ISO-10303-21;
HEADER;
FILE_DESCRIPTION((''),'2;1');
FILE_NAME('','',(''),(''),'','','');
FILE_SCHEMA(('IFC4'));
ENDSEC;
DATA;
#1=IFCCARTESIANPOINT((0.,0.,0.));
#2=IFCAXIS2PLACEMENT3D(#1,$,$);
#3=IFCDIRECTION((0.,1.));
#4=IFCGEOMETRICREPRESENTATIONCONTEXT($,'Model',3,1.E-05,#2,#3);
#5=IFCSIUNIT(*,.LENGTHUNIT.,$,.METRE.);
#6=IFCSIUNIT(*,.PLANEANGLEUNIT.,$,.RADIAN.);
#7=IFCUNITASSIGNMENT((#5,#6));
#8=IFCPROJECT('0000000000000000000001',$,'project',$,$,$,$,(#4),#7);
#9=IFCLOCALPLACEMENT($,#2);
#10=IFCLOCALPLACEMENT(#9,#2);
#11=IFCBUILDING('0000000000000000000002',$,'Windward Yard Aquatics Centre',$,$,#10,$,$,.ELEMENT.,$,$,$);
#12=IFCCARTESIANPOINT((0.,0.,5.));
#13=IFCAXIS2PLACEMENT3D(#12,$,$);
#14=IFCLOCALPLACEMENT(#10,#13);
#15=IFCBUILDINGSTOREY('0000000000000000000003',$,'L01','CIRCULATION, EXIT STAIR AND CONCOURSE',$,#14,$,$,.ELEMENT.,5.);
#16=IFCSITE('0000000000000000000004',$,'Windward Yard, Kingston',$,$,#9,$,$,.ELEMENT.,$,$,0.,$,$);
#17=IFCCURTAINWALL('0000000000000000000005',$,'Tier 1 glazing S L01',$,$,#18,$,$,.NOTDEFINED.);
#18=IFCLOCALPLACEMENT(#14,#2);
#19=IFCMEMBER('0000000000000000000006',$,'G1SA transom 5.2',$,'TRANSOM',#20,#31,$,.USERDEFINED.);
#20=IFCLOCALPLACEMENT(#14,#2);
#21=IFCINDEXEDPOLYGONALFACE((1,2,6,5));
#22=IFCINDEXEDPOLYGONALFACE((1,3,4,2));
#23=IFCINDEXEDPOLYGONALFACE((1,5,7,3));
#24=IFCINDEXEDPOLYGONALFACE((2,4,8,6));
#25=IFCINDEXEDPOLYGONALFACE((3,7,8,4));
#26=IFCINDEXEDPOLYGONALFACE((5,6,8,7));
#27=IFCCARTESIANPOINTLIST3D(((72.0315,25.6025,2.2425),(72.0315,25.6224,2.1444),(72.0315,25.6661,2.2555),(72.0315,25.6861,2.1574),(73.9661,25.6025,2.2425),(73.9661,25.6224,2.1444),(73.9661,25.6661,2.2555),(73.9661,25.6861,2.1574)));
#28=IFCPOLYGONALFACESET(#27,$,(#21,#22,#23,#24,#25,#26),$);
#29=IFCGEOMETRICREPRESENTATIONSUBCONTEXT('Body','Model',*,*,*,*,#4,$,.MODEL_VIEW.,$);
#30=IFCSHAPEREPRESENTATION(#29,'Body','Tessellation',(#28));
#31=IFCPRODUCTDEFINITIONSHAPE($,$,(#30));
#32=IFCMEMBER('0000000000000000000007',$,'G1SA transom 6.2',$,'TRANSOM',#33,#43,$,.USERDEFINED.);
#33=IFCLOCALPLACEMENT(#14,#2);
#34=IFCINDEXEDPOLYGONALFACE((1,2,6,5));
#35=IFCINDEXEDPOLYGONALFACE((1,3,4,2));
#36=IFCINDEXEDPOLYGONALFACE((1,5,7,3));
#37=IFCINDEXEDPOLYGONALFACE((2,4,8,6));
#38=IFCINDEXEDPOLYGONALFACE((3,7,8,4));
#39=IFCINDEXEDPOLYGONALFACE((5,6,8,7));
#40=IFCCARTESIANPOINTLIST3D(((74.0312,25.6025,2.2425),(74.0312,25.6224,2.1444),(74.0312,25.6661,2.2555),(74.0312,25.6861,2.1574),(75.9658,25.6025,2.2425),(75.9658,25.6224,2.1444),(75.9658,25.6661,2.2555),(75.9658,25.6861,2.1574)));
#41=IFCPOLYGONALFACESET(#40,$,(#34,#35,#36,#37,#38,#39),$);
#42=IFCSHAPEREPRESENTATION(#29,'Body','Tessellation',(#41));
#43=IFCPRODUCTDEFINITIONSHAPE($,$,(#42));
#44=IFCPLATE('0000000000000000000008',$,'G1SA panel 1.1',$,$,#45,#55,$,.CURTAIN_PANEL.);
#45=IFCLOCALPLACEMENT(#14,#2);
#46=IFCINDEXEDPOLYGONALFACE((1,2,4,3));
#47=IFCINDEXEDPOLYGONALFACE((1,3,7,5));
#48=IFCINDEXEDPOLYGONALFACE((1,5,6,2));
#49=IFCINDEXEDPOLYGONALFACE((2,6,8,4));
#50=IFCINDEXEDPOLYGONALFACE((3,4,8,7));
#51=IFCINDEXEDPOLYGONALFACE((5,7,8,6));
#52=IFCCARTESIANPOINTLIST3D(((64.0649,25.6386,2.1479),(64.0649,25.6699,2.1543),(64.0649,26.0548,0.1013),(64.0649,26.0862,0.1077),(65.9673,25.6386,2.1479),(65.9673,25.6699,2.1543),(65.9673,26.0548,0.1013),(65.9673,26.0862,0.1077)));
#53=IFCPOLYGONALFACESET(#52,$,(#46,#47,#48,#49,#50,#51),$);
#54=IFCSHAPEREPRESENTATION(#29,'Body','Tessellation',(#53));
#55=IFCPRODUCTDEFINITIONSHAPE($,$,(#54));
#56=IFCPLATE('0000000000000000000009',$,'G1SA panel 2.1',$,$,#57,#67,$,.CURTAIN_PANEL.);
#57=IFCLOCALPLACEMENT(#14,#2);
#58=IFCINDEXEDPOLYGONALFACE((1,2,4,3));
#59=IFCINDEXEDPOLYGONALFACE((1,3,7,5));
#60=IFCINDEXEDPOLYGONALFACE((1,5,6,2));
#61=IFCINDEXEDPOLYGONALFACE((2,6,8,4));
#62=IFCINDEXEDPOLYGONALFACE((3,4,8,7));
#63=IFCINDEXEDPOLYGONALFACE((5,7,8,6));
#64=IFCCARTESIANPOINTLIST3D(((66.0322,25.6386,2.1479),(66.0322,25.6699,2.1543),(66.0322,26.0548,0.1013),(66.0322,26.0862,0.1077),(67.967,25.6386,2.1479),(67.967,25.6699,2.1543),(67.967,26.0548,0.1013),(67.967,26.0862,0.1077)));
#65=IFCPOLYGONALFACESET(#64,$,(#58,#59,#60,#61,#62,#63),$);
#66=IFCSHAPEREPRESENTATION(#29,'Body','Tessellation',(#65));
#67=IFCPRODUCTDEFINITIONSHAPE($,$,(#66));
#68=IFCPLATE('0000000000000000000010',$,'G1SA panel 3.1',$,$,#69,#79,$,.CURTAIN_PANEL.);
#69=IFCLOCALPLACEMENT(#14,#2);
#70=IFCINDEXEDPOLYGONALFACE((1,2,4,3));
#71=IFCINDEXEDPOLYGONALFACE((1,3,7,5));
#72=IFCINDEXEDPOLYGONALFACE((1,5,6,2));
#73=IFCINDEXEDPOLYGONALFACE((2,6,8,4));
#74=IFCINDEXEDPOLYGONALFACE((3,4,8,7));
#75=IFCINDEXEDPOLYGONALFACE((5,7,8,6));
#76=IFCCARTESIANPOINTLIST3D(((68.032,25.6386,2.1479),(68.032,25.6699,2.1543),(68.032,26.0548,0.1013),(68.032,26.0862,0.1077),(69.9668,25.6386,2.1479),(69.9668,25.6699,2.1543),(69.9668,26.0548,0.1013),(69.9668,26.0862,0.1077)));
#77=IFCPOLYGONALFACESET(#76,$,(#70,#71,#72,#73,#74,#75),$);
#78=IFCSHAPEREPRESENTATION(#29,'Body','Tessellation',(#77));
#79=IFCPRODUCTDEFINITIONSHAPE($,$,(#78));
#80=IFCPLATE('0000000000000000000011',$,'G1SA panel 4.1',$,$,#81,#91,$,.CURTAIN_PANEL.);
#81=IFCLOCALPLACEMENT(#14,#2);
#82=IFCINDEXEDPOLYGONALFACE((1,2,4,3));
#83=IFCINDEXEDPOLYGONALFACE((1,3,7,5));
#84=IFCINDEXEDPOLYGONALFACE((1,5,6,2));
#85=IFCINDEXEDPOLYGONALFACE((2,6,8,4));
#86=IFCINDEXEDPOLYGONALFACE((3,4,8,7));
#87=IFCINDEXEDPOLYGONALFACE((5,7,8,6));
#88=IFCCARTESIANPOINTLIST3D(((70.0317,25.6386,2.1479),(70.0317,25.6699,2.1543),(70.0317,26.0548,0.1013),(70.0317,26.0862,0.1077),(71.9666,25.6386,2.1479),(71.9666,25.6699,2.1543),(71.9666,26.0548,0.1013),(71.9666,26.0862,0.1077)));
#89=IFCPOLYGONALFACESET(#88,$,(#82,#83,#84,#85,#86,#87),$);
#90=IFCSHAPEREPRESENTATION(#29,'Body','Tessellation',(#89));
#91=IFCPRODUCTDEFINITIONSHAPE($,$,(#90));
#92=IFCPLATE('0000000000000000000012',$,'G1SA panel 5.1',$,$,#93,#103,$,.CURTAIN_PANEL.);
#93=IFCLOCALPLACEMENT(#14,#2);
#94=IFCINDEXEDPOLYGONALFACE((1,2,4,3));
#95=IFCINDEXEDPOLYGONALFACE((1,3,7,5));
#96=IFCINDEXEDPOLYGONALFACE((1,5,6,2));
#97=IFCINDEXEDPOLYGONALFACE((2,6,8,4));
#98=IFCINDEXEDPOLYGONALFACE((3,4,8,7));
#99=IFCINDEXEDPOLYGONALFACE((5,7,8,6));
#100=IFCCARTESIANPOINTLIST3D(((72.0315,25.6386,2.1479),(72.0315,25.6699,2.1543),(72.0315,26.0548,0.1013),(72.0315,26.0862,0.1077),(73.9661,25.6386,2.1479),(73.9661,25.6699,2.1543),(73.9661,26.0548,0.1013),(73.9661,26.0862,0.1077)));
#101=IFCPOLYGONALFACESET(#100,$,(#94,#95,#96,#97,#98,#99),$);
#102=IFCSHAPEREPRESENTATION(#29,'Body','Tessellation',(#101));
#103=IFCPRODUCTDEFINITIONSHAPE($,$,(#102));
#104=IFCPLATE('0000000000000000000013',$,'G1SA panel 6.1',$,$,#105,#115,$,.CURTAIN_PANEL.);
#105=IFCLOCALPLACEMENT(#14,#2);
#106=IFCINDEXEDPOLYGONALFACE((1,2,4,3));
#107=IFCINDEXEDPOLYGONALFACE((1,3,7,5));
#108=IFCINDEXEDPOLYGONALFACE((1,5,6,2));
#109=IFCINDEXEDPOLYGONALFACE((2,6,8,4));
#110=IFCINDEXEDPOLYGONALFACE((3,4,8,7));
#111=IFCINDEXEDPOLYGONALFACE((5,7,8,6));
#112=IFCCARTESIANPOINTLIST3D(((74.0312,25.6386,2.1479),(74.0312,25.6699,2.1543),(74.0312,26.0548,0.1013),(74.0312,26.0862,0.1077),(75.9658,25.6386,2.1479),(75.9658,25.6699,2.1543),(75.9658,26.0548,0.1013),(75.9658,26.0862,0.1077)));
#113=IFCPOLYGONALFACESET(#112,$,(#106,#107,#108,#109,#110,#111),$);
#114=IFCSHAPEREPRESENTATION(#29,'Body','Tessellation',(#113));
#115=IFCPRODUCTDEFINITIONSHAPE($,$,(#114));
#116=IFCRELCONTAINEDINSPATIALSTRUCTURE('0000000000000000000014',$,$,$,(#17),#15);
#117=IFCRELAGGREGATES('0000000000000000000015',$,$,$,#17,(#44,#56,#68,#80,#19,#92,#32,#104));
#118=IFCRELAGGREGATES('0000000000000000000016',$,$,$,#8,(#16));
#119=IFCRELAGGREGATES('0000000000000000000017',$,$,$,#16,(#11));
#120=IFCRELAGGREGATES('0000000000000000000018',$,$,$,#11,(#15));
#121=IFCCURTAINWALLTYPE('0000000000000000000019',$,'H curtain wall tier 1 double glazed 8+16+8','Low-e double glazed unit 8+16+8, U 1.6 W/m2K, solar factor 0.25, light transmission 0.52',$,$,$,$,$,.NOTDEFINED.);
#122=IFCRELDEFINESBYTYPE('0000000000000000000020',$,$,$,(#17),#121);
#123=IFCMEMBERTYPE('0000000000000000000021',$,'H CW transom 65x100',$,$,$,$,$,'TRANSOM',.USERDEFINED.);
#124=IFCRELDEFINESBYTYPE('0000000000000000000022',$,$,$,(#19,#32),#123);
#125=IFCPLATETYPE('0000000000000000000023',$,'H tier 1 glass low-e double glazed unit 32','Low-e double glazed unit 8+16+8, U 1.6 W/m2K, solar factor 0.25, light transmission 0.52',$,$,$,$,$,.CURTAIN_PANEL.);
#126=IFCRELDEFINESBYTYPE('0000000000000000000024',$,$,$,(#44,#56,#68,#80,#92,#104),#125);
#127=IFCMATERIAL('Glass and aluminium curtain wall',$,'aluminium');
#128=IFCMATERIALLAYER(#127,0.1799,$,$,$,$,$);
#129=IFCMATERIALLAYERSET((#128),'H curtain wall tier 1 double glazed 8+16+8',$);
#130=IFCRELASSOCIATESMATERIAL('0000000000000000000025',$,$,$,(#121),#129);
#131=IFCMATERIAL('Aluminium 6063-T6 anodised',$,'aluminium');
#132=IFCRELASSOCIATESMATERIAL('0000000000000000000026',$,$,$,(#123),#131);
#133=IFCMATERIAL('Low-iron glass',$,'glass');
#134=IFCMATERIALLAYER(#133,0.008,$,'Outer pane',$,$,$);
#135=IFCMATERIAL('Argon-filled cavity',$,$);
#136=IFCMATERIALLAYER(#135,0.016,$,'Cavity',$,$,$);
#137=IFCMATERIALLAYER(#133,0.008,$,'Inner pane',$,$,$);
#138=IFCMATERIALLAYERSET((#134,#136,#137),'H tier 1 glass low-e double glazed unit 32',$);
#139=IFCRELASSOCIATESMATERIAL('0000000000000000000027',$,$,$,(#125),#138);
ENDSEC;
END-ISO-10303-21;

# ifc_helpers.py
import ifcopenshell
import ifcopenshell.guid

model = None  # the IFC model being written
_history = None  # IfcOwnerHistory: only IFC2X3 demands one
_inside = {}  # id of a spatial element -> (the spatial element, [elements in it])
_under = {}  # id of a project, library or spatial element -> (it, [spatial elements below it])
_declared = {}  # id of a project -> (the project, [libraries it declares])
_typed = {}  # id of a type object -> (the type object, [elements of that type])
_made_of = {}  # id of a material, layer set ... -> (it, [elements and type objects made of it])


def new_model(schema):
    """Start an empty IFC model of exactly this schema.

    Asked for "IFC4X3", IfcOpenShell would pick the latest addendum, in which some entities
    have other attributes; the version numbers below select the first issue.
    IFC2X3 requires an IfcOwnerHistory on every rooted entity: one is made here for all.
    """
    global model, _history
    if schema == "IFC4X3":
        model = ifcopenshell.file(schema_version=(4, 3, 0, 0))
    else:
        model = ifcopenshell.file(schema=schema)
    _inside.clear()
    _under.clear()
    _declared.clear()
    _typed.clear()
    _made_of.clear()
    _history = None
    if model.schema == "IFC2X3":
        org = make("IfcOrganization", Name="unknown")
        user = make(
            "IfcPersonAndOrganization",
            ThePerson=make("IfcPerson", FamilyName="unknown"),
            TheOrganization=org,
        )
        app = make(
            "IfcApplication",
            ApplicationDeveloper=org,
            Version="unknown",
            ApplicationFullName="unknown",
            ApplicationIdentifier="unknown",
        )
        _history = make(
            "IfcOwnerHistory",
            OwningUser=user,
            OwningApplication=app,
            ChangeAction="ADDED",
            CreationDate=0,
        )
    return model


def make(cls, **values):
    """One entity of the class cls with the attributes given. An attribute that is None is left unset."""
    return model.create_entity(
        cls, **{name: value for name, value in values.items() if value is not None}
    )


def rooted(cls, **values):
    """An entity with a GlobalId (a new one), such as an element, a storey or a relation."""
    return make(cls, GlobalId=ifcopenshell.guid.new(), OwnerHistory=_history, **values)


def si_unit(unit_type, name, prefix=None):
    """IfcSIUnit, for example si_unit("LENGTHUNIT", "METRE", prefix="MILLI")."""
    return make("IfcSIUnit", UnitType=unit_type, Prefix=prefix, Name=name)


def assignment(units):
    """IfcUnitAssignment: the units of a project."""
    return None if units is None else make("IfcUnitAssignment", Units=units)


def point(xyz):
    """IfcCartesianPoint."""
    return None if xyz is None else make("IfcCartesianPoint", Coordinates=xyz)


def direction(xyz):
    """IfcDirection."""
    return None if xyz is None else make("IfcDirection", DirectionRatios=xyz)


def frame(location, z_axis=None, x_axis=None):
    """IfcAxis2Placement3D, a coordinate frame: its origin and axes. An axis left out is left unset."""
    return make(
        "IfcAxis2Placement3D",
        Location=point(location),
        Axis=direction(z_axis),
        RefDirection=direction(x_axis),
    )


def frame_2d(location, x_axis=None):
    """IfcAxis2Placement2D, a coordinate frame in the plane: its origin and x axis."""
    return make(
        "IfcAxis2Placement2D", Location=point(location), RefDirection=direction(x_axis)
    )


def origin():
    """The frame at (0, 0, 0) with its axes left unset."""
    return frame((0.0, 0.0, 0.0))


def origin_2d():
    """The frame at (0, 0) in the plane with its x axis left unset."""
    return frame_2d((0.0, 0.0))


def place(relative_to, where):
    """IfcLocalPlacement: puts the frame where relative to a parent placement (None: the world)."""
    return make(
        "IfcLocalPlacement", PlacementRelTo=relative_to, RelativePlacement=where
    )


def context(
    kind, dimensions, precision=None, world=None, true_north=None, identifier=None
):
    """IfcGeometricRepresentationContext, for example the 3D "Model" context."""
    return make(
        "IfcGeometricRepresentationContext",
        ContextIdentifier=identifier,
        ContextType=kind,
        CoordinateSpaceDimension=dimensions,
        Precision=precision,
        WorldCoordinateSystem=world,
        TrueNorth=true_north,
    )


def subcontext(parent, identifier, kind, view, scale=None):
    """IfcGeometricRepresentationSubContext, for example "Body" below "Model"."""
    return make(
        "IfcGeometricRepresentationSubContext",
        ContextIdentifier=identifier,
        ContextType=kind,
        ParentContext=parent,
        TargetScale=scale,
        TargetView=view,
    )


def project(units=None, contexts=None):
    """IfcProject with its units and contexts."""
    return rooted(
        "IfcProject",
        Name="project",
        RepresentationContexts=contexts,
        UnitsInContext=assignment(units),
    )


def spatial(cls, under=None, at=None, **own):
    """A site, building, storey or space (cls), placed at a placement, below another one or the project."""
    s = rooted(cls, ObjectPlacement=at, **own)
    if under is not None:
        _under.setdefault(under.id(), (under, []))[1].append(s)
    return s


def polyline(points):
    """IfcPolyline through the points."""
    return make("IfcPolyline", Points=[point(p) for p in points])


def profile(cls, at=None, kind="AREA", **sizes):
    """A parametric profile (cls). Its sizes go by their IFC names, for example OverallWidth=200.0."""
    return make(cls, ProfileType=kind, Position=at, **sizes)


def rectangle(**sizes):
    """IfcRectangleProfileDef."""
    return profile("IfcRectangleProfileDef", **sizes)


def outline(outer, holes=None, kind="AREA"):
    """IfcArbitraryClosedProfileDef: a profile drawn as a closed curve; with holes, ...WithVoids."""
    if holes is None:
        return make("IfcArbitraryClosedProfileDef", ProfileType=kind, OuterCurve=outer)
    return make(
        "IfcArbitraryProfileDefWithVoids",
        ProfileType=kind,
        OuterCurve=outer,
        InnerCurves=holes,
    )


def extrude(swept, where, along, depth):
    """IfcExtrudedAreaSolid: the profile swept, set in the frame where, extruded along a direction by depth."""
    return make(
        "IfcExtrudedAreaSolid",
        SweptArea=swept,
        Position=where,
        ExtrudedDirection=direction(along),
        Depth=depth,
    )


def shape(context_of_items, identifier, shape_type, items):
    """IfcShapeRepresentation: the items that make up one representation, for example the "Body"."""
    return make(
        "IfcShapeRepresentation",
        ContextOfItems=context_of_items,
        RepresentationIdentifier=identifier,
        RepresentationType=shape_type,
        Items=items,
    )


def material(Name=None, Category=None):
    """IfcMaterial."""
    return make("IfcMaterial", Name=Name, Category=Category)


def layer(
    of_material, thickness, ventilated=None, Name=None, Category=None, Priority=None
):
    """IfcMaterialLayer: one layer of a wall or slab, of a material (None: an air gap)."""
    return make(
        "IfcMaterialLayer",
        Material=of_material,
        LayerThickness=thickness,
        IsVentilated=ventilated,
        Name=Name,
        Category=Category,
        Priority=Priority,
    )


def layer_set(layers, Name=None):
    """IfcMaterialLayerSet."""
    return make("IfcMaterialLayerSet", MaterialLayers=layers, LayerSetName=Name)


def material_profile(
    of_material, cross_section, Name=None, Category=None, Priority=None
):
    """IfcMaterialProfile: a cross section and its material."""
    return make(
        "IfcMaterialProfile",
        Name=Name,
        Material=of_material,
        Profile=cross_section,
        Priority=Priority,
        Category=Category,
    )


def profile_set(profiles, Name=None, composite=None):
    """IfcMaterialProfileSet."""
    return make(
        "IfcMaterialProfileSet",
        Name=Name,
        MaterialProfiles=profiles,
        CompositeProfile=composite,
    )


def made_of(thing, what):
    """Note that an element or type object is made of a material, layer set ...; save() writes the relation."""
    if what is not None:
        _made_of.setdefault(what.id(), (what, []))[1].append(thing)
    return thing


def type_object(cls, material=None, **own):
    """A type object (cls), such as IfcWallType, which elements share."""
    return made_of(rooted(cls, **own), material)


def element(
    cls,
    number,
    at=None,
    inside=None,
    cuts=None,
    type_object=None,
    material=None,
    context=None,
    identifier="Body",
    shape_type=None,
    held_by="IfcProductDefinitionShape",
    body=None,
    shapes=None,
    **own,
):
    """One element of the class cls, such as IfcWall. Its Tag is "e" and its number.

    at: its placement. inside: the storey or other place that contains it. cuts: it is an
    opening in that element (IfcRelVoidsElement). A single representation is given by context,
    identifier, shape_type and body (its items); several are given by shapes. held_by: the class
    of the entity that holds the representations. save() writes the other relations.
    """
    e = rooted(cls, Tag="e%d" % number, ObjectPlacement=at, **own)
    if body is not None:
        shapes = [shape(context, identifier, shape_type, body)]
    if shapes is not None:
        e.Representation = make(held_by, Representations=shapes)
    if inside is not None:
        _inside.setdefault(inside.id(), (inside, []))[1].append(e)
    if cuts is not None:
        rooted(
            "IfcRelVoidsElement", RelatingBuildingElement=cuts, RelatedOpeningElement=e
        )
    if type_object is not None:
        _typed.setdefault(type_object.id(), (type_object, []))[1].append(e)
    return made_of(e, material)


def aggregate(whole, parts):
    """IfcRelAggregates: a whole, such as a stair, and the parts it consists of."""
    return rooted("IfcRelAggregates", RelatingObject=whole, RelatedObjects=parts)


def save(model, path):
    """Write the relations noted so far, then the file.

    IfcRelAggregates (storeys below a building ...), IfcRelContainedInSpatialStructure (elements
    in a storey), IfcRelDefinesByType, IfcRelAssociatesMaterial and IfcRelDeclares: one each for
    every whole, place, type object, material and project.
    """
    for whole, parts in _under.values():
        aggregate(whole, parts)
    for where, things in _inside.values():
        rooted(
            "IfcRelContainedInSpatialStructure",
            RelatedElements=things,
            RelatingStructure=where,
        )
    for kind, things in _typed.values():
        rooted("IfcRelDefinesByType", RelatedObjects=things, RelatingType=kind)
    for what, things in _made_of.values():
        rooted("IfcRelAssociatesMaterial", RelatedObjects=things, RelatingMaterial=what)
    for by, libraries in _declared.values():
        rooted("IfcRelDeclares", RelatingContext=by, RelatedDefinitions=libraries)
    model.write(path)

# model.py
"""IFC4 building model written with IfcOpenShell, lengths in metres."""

from ifc_helpers import new_model, si_unit, direction, frame, origin, origin_2d, place, context, subcontext, project, spatial, polyline, rectangle, outline, extrude, material, layer, layer_set, material_profile, profile_set, type_object, element, aggregate, save


model = new_model("IFC4")

# Units and contexts
model_context = context("Model", 3, precision=1e-05, world=origin(), true_north=direction((0.0, 1.0)))
body_context = subcontext(model_context, "Body", "Model", "MODEL_VIEW")
ifc_project = project(units=[si_unit("LENGTHUNIT", "METRE"), si_unit("PLANEANGLEUNIT", "RADIAN")], contexts=[model_context])

# Site, building, storey
site_placement = place(None, origin())
site = spatial("IfcSite", under=ifc_project, at=site_placement, Name="Windward Yard, Kingston", CompositionType="ELEMENT", RefElevation=0.0)
building_placement = place(site_placement, origin())
building = spatial("IfcBuilding", under=site, at=building_placement, Name="Windward Yard Aquatics Centre", CompositionType="ELEMENT")
storey_placement = place(building_placement, frame((0.0, 0.0, 5.0)))
storey = spatial("IfcBuildingStorey", under=building, at=storey_placement, Name="L01", Description="CIRCULATION, EXIT STAIR AND CONCOURSE", CompositionType="ELEMENT", Elevation=5.0)

# Curtain wall, members, plates
ifc_material_1 = material(Name="Glass and aluminium curtain wall", Category="aluminium")
ifc_layer_1 = layer(ifc_material_1, 0.1799)
ifc_layer_set_1 = layer_set([ifc_layer_1], Name="H curtain wall tier 1 double glazed 8+16+8")
curtain_wall_type = type_object("IfcCurtainWallType", Name="H curtain wall tier 1 double glazed 8+16+8", Description="Low-e double glazed unit 8+16+8, U 1.6 W/m2K, solar factor 0.25, light transmission 0.52", PredefinedType="NOTDEFINED", material=ifc_layer_set_1)
curtain_wall_placement = place(storey_placement, origin())
curtain_wall = element("IfcCurtainWall", 1, at=curtain_wall_placement, inside=storey, type_object=curtain_wall_type, Name="Tier 1 glazing S L01", PredefinedType="NOTDEFINED")
ifc_material_2 = material(Name="Aluminium 6063-T6 anodised", Category="aluminium")
ifc_material_profile_1 = material_profile(ifc_material_2, rectangle(XDim=0.0649, YDim=0.1001, at=origin_2d()), Name="H CW transom 65x100")
ifc_profile_set_1 = profile_set([ifc_material_profile_1], Name="Aluminium 6063-T6 anodised")
member_type_1 = type_object("IfcMemberType", Name="H CW transom 65x100", ElementType="TRANSOM", PredefinedType="USERDEFINED", material=ifc_profile_set_1)
member_1_placement = place(storey_placement, frame((72.0315, 25.6443, 2.2), z_axis=(1.0, 0.0, 0.0), x_axis=(0.0, 0.979925, 0.199368)))
member_1 = element("IfcMember", 2, at=member_1_placement, type_object=member_type_1, Name="G1SA transom 5.2", ObjectType="TRANSOM", PredefinedType="USERDEFINED", context=body_context, shape_type="SweptSolid", body=[
    extrude(rectangle(XDim=0.0649, YDim=0.1001, at=origin_2d()), origin(), (0.0, 0.0, 1.0), 1.9346),
])
member_2_placement = place(storey_placement, frame((74.0312, 25.6443, 2.2), z_axis=(1.0, 0.0, 0.0), x_axis=(0.0, 0.979925, 0.199368)))
member_2 = element("IfcMember", 3, at=member_2_placement, type_object=member_type_1, Name="G1SA transom 6.2", ObjectType="TRANSOM", PredefinedType="USERDEFINED", context=body_context, shape_type="SweptSolid", body=[
    extrude(rectangle(XDim=0.0649, YDim=0.1001, at=origin_2d()), origin(), (0.0, 0.0, 1.0), 1.9346),
])
ifc_material_3 = material(Name="Low-iron glass", Category="glass")
ifc_layer_2 = layer(ifc_material_3, 0.008, Name="Outer pane")
ifc_material_4 = material(Name="Argon-filled cavity")
ifc_layer_3 = layer(ifc_material_4, 0.016, Name="Cavity")
ifc_layer_4 = layer(ifc_material_3, 0.008, Name="Inner pane")
ifc_layer_set_2 = layer_set([ifc_layer_2, ifc_layer_3, ifc_layer_4], Name="H tier 1 glass low-e double glazed unit 32")
plate_type = type_object("IfcPlateType", Name="H tier 1 glass low-e double glazed unit 32", Description="Low-e double glazed unit 8+16+8, U 1.6 W/m2K, solar factor 0.25, light transmission 0.52", PredefinedType="CURTAIN_PANEL", material=ifc_layer_set_2)
plate_1_placement = place(storey_placement, frame((64.0649, 25.6699, 2.1543), z_axis=(0.0, 0.979937, 0.199307), x_axis=(0.0, 0.199307, -0.979937)))
plate_1 = element("IfcPlate", 4, at=plate_1_placement, type_object=plate_type, Name="G1SA panel 1.1", PredefinedType="CURTAIN_PANEL", context=body_context, shape_type="SweptSolid", body=[
    extrude(outline(polyline([(0.0, 0.0), (2.0885, 0.0), (2.0885, -1.9023), (0.0, -1.9023), (0.0, 0.0)])), origin(), (0.0, 0.0, -1.0), 0.032),
])
plate_2_placement = place(storey_placement, frame((66.0322, 25.6699, 2.1543), z_axis=(0.0, 0.979937, 0.199307), x_axis=(0.0, 0.199307, -0.979937)))
plate_2 = element("IfcPlate", 5, at=plate_2_placement, type_object=plate_type, Name="G1SA panel 2.1", PredefinedType="CURTAIN_PANEL", context=body_context, shape_type="SweptSolid", body=[
    extrude(outline(polyline([(0.0, 0.0), (2.0885, 0.0), (2.0885, -1.9348), (0.0, -1.9348), (0.0, 0.0)])), origin(), (0.0, 0.0, -1.0), 0.032),
])
plate_3_placement = place(storey_placement, frame((68.032, 25.6699, 2.1543), z_axis=(0.0, 0.979937, 0.199307), x_axis=(0.0, 0.199307, -0.979937)))
plate_3 = element("IfcPlate", 6, at=plate_3_placement, type_object=plate_type, Name="G1SA panel 3.1", PredefinedType="CURTAIN_PANEL", context=body_context, shape_type="SweptSolid", body=[
    extrude(outline(polyline([(0.0, 0.0), (2.0885, 0.0), (2.0885, -1.9348), (0.0, -1.9348), (0.0, 0.0)])), origin(), (0.0, 0.0, -1.0), 0.032),
])
plate_4_placement = place(storey_placement, frame((70.0317, 25.6699, 2.1543), z_axis=(0.0, 0.979937, 0.199307), x_axis=(0.0, 0.199307, -0.979937)))
plate_4 = element("IfcPlate", 7, at=plate_4_placement, type_object=plate_type, Name="G1SA panel 4.1", PredefinedType="CURTAIN_PANEL", context=body_context, shape_type="SweptSolid", body=[
    extrude(outline(polyline([(0.0, 0.0), (2.0885, 0.0), (2.0885, -1.9348), (0.0, -1.9348), (0.0, 0.0)])), origin(), (0.0, 0.0, -1.0), 0.032),
])
plate_5_placement = place(storey_placement, frame((72.0315, 25.6699, 2.1543), z_axis=(0.0, 0.979937, 0.199307), x_axis=(0.0, 0.199307, -0.979937)))
plate_5 = element("IfcPlate", 8, at=plate_5_placement, type_object=plate_type, Name="G1SA panel 5.1", PredefinedType="CURTAIN_PANEL", context=body_context, shape_type="SweptSolid", body=[
    extrude(outline(polyline([(0.0, 0.0), (2.0885, 0.0), (2.0885, -1.9346), (0.0, -1.9346), (0.0, 0.0)])), origin(), (0.0, 0.0, -1.0), 0.032),
])
plate_6_placement = place(storey_placement, frame((74.0312, 25.6699, 2.1543), z_axis=(0.0, 0.979937, 0.199307), x_axis=(0.0, 0.199307, -0.979937)))
plate_6 = element("IfcPlate", 9, at=plate_6_placement, type_object=plate_type, Name="G1SA panel 6.1", PredefinedType="CURTAIN_PANEL", context=body_context, shape_type="SweptSolid", body=[
    extrude(outline(polyline([(0.0, 0.0), (2.0885, 0.0), (2.0885, -1.9346), (0.0, -1.9346), (0.0, 0.0)])), origin(), (0.0, 0.0, -1.0), 0.032),
])
aggregate(curtain_wall, [plate_1, plate_2, plate_3, plate_4, member_1, plate_5, member_2, plate_6])

save(model, "model.ifc")
